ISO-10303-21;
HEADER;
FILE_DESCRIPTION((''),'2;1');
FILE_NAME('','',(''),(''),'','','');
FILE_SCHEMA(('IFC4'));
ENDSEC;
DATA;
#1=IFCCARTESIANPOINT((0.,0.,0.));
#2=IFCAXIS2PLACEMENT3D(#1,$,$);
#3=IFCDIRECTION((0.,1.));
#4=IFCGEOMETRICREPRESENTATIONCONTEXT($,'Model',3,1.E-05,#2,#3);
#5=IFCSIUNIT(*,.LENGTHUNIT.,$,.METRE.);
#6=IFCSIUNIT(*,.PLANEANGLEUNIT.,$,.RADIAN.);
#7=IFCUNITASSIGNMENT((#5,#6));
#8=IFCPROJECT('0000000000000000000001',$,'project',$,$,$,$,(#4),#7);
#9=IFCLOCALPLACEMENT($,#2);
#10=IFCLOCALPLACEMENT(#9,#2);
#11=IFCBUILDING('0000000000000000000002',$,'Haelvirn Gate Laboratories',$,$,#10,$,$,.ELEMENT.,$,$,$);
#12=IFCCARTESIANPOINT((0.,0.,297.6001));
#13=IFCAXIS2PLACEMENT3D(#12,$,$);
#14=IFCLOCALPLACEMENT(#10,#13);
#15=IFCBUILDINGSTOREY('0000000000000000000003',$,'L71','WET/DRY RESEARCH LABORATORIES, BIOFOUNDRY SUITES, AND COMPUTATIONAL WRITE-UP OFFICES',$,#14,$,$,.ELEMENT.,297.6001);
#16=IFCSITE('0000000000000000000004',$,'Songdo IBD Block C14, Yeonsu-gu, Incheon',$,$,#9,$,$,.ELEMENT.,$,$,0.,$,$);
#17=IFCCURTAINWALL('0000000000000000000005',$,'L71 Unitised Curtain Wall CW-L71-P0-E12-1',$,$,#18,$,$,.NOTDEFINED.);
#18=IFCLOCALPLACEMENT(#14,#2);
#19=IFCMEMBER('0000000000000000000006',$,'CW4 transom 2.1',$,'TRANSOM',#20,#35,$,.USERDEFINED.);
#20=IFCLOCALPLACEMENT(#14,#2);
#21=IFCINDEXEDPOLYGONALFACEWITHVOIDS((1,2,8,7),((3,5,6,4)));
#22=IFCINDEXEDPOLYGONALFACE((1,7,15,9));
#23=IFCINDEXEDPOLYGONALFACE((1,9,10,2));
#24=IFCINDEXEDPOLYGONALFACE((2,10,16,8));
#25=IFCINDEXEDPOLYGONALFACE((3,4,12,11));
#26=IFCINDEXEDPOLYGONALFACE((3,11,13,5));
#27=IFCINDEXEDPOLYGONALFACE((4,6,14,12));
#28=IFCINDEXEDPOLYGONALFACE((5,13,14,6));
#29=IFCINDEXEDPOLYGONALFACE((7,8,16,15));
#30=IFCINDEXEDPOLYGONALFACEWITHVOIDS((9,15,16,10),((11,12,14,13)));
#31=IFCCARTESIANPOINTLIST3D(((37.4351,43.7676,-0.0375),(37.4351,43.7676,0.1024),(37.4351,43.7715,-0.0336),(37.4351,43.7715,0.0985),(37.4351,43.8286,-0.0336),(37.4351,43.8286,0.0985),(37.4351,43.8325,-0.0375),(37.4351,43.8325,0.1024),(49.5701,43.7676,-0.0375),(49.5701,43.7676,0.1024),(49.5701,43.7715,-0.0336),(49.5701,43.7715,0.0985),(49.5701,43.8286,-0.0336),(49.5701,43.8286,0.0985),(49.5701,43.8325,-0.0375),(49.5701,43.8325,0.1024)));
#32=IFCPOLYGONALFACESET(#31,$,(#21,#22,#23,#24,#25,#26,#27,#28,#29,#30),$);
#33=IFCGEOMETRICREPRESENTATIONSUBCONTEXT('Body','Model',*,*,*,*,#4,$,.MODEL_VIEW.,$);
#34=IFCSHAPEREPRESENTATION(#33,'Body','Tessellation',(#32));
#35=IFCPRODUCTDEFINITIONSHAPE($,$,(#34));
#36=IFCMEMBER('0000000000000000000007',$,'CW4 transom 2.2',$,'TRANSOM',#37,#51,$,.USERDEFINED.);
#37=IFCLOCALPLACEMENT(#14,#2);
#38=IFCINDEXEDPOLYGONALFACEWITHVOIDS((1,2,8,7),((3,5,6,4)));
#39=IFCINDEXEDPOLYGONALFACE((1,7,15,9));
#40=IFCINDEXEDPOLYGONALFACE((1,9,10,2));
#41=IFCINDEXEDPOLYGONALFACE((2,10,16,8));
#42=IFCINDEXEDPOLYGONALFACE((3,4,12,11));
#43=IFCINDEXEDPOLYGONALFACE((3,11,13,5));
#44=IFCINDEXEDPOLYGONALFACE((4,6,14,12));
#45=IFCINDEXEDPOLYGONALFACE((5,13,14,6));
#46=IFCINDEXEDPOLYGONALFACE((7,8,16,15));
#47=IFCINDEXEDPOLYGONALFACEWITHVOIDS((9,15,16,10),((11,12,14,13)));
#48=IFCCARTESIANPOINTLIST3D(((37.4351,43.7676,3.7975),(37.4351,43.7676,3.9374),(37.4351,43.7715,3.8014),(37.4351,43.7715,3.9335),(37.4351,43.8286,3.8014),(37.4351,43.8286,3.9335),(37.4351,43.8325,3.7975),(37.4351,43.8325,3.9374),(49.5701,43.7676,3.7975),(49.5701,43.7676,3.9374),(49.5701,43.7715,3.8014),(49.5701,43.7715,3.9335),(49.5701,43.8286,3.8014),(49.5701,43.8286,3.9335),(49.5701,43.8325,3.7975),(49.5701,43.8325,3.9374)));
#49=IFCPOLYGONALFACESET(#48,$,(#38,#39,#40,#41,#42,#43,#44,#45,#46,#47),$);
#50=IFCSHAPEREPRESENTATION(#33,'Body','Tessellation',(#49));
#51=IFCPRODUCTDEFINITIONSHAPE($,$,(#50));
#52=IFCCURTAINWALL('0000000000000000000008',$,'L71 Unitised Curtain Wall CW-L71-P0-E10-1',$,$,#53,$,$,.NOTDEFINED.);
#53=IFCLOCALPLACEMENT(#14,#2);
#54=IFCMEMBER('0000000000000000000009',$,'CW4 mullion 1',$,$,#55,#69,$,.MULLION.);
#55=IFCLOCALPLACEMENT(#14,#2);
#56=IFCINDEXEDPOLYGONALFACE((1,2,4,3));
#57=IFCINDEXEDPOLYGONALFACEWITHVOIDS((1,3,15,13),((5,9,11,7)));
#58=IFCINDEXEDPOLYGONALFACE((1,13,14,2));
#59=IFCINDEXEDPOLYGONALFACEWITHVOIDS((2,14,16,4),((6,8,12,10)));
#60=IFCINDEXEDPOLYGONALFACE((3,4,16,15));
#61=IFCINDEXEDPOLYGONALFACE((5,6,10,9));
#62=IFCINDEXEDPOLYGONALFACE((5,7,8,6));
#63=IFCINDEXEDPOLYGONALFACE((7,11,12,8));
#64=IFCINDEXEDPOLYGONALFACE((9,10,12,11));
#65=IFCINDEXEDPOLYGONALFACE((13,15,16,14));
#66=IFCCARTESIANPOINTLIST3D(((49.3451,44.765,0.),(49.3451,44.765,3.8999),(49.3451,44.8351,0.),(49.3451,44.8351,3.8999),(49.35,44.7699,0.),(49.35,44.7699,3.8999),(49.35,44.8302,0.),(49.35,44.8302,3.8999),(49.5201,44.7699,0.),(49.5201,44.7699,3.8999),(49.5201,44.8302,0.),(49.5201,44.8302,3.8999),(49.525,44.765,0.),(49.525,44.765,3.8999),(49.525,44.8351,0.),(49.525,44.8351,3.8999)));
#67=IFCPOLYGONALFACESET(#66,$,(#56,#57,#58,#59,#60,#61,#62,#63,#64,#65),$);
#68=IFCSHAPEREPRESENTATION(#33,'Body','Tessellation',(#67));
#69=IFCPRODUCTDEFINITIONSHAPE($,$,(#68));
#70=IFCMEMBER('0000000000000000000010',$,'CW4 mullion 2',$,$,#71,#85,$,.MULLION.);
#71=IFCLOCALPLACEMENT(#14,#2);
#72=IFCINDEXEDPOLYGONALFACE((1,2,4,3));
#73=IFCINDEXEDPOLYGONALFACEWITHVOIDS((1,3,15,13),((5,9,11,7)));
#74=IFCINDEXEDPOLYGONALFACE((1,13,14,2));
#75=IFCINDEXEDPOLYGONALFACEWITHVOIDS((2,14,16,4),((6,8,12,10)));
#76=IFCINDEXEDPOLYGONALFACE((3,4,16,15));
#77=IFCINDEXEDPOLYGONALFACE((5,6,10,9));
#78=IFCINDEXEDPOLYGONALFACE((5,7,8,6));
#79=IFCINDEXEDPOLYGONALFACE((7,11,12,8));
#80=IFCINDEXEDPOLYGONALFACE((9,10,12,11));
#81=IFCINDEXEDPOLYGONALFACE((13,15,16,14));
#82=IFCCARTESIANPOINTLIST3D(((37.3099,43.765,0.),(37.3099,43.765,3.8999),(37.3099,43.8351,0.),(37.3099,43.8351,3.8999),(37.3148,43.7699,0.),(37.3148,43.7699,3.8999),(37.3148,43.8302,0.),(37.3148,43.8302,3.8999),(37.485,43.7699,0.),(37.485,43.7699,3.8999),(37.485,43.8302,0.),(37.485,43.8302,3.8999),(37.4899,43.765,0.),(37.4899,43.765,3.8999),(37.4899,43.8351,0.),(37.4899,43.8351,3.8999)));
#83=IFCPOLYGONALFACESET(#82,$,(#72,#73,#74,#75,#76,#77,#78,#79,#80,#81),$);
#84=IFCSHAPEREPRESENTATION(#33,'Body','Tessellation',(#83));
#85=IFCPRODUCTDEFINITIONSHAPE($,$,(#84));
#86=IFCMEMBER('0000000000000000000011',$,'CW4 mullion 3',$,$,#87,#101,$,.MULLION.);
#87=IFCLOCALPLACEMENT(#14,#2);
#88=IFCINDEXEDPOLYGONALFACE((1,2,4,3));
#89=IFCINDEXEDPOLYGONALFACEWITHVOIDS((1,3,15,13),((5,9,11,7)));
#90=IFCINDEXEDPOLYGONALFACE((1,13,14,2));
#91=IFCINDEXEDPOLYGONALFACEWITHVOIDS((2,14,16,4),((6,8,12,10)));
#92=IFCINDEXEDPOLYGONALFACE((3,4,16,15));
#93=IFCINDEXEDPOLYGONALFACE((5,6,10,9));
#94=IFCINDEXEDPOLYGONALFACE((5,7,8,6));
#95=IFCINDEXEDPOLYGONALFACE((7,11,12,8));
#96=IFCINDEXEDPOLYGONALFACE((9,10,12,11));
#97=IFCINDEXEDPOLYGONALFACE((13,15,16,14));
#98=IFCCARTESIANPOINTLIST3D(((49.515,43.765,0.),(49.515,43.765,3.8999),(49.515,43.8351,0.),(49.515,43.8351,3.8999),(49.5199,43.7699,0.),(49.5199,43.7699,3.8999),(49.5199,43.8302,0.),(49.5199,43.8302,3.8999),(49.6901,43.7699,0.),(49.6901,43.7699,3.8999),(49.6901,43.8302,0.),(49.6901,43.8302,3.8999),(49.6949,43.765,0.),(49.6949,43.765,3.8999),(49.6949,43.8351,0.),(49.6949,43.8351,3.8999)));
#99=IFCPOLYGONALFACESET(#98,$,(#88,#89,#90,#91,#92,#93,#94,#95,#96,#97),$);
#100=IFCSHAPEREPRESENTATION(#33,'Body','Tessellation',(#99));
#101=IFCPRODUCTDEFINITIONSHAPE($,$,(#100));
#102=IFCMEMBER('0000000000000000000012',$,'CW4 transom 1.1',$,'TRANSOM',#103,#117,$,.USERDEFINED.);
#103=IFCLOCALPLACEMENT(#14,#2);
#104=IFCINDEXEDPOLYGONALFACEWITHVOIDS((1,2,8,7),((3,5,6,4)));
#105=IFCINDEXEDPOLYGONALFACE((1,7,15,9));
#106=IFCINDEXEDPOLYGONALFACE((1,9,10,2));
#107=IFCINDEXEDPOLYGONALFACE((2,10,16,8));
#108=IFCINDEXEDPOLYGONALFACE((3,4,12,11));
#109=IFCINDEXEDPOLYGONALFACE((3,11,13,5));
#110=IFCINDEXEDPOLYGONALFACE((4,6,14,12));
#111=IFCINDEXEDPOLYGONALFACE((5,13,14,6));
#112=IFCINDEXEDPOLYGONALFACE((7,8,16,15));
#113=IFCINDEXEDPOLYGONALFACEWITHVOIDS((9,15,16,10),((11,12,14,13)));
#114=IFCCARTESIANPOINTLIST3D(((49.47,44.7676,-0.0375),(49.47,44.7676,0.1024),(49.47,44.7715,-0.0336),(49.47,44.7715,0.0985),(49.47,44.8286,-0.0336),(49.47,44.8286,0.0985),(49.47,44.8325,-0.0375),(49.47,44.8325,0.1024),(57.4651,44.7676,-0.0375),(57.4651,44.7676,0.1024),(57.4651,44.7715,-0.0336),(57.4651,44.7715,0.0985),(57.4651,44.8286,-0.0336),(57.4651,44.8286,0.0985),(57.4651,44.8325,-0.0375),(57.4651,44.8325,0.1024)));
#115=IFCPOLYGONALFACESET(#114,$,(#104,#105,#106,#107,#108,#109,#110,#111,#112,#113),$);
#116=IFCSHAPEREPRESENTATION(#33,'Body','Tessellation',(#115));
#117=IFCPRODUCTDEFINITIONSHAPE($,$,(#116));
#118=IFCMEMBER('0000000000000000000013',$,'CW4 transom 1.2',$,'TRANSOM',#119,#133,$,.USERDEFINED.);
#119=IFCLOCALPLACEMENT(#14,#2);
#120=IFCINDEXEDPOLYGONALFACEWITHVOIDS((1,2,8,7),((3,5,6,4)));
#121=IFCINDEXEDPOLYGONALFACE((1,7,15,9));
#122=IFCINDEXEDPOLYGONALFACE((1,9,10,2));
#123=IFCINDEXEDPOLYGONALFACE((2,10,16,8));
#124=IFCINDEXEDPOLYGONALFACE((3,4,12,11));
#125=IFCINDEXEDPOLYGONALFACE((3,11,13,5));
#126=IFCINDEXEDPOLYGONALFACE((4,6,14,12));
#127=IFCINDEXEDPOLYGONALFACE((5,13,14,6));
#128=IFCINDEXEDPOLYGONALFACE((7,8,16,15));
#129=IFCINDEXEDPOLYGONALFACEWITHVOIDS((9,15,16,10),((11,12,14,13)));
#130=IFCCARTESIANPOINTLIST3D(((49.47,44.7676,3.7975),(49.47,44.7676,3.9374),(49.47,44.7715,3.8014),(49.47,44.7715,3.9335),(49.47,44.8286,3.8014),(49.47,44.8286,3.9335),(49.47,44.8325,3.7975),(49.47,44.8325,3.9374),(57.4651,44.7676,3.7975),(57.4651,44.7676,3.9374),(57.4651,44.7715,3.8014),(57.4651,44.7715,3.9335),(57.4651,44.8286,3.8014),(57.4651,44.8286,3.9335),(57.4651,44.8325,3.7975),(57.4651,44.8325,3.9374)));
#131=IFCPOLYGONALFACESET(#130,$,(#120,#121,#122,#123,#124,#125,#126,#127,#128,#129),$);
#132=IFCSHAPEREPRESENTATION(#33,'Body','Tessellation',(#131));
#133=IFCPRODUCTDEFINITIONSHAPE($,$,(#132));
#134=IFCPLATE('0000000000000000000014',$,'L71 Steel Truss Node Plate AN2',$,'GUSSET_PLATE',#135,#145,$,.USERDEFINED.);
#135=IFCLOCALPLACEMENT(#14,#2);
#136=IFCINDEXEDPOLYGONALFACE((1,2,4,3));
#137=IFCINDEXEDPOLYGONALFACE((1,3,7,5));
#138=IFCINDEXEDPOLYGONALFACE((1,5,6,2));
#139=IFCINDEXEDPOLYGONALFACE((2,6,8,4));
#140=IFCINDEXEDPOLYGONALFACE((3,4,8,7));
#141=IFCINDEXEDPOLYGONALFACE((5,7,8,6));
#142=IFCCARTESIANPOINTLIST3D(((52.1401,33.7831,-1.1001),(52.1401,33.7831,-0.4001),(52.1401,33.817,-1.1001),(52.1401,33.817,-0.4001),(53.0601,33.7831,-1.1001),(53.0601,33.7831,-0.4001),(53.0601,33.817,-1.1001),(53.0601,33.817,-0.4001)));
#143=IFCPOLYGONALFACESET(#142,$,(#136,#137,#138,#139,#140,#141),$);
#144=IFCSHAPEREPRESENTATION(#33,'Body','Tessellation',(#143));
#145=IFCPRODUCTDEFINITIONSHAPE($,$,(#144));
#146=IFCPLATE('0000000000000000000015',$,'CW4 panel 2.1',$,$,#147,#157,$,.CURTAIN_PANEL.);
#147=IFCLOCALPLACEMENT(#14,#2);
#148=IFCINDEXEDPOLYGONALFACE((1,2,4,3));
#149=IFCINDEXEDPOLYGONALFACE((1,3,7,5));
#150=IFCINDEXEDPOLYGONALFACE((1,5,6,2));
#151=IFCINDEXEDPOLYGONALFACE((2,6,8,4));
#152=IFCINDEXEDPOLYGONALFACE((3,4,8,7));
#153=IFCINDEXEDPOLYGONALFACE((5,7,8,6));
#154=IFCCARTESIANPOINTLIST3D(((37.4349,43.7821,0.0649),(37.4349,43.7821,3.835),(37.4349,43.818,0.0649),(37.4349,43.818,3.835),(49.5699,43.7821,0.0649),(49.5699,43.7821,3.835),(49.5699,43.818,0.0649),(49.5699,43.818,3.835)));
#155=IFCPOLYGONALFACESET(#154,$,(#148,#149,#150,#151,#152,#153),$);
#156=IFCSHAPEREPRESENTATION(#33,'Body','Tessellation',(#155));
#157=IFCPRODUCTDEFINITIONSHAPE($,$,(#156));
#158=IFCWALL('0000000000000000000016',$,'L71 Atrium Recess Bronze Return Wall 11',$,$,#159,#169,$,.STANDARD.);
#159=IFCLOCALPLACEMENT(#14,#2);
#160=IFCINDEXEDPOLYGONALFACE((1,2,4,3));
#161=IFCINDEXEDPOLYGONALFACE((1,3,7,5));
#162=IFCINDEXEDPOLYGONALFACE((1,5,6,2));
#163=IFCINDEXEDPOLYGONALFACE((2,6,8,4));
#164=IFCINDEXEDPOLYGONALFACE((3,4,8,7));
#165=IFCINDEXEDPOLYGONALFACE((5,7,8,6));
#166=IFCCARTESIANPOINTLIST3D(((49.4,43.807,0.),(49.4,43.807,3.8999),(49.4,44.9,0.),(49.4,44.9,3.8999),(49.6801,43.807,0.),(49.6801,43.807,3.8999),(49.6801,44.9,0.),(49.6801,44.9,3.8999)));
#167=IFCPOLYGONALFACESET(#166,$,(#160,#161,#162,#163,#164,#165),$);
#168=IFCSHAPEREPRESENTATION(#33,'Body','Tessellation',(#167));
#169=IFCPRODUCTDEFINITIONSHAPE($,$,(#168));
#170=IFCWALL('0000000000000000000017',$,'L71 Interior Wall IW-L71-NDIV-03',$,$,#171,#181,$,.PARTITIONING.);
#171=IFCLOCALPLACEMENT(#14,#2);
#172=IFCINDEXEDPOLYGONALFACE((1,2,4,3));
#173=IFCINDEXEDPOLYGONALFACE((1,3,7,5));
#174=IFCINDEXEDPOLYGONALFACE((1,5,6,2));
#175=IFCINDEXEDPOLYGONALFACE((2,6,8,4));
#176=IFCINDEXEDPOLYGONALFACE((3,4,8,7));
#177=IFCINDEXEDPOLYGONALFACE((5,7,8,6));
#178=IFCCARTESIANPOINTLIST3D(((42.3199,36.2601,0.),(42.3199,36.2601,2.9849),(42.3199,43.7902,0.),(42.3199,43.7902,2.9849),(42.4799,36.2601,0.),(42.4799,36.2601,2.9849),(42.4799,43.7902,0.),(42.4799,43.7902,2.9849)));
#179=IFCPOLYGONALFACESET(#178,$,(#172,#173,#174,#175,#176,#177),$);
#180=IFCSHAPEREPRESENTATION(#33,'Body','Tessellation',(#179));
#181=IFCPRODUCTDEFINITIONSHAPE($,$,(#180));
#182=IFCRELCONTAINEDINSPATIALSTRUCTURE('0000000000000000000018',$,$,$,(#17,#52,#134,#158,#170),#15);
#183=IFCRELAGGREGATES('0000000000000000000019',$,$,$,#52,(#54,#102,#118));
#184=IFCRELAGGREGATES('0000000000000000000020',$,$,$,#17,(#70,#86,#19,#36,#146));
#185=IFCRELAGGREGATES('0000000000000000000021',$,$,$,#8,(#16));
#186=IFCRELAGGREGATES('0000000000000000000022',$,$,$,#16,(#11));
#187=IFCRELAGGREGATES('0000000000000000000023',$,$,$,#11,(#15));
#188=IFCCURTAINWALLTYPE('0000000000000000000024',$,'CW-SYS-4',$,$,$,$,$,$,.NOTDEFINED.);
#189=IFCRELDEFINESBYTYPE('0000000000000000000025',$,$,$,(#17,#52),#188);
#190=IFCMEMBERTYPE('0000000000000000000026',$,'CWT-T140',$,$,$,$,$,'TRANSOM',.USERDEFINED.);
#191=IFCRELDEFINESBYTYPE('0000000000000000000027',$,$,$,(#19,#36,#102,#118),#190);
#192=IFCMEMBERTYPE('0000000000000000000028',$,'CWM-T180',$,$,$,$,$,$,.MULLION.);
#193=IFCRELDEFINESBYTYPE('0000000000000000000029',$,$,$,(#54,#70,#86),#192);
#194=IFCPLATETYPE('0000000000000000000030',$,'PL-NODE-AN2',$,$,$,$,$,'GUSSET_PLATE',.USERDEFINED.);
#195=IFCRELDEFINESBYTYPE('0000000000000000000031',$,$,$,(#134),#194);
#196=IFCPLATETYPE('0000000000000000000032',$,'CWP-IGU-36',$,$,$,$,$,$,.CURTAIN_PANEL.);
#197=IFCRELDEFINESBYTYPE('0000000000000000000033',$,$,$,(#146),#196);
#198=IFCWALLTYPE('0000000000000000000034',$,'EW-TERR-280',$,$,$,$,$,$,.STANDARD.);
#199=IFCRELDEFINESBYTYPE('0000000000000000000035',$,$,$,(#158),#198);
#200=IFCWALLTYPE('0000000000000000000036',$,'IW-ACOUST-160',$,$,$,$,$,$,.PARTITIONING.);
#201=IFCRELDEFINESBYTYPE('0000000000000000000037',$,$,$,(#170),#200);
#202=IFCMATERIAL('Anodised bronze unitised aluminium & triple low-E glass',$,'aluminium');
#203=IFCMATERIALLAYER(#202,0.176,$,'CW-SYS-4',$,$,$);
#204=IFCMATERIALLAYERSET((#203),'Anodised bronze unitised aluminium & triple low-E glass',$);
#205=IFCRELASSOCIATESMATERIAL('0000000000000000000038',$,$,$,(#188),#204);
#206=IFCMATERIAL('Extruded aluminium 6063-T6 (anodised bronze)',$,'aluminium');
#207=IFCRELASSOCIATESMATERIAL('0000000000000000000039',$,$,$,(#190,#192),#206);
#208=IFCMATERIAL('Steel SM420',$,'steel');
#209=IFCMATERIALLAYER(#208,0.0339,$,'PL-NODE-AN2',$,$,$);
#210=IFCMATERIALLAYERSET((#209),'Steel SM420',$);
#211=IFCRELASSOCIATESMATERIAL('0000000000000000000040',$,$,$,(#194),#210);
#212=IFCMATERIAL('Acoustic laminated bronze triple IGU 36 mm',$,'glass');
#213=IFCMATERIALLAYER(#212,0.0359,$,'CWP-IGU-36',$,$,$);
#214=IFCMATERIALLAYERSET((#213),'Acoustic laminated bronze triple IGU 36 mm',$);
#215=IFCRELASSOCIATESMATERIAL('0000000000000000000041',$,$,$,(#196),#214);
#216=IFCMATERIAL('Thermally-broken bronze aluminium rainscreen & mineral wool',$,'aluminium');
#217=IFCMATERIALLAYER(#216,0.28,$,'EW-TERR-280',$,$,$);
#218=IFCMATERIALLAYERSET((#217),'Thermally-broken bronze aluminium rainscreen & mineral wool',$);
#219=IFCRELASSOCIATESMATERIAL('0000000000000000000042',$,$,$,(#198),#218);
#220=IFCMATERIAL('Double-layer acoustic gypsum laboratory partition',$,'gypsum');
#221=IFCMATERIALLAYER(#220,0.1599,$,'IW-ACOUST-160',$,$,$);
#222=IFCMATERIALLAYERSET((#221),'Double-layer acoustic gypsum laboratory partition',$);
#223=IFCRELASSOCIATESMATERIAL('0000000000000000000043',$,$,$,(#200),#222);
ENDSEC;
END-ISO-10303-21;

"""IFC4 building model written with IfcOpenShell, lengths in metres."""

from ifc_helpers import new_model, si_unit, direction, frame, frame_2d, origin, origin_2d, place, context, subcontext, project, spatial, rectangle, hollow_rectangle, extrude, source, transform, mapped, material, layer, layer_set, material_profile, profile_set, type_object, type_shapes, element, aggregate, save


model = new_model("IFC4")

# Units and contexts
model_context = context("Model", 3, precision=1e-05, world=origin(), true_north=direction((0.0, 1.0)))
body_context = subcontext(model_context, "Body", "Model", "MODEL_VIEW")
ifc_project = project(units=[si_unit("LENGTHUNIT", "METRE"), si_unit("PLANEANGLEUNIT", "RADIAN")], contexts=[model_context])

# Site, building, storey
site_placement = place(None, origin())
site = spatial("IfcSite", under=ifc_project, at=site_placement, Name="Songdo IBD Block C14, Yeonsu-gu, Incheon", CompositionType="ELEMENT", RefElevation=0.0)
building_placement = place(site_placement, origin())
building = spatial("IfcBuilding", under=site, at=building_placement, Name="Haelvirn Gate Laboratories", CompositionType="ELEMENT")
storey_placement = place(building_placement, frame((0.0, 0.0, 297.6001)))
storey = spatial("IfcBuildingStorey", under=building, at=storey_placement, Name="L71", Description="WET/DRY RESEARCH LABORATORIES, BIOFOUNDRY SUITES, AND COMPUTATIONAL WRITE-UP OFFICES", CompositionType="ELEMENT", Elevation=297.6001)

# Shared definitions
ifc_material_1 = material(Name="Steel SM420", Category="steel")

# Curtain wall, members
ifc_material_2 = material(Name="Anodised bronze unitised aluminium & triple low-E glass", Category="aluminium")
ifc_layer_1 = layer(ifc_material_2, 0.176, Name="CW-SYS-4")
ifc_layer_set_1 = layer_set([ifc_layer_1], Name="Anodised bronze unitised aluminium & triple low-E glass")
curtain_wall_type = type_object("IfcCurtainWallType", Name="CW-SYS-4", PredefinedType="NOTDEFINED", material=ifc_layer_set_1)
curtain_wall_1_placement = place(storey_placement, origin())
curtain_wall_1 = element("IfcCurtainWall", 1, at=curtain_wall_1_placement, inside=storey, type_object=curtain_wall_type, Name="L71 Unitised Curtain Wall CW-L71-P0-E12-1", PredefinedType="NOTDEFINED")
ifc_material_3 = material(Name="Extruded aluminium 6063-T6 (anodised bronze)", Category="aluminium")
ifc_material_profile_1 = material_profile(ifc_material_3, hollow_rectangle(XDim=0.0649, YDim=0.1399, WallThickness=0.0039, at=origin_2d()), Name="CWT-140x65x4")
ifc_profile_set_1 = profile_set([ifc_material_profile_1], Name="Extruded aluminium 6063-T6 (anodised bronze)")
member_type_1 = type_object("IfcMemberType", Name="CWT-T140", ElementType="TRANSOM", PredefinedType="USERDEFINED", material=ifc_profile_set_1)
shared_shape_1 = source(origin(), body_context, "Body", "SweptSolid", [
    extrude(hollow_rectangle(XDim=0.0649, YDim=0.1399, WallThickness=0.0039, at=origin_2d()), origin(), (0.0, 0.0, 1.0), 12.135),
])
member_1_placement = place(storey_placement, frame((37.4351, 43.8, 0.0325), z_axis=(1.0, 0.0, 0.0), x_axis=(0.0, 1.0, 0.0)))
member_1 = element("IfcMember", 2, at=member_1_placement, type_object=member_type_1, Name="CW4 transom 2.1", ObjectType="TRANSOM", PredefinedType="USERDEFINED", context=body_context, shape_type="MappedRepresentation", body=[
    mapped(shared_shape_1, transform((0.0, 0.0, 0.0), scale=1.0)),
])
member_2_placement = place(storey_placement, frame((37.4351, 43.8, 3.8674), z_axis=(1.0, 0.0, 0.0), x_axis=(0.0, 1.0, 0.0)))
member_2 = element("IfcMember", 3, at=member_2_placement, type_object=member_type_1, Name="CW4 transom 2.2", ObjectType="TRANSOM", PredefinedType="USERDEFINED", context=body_context, shape_type="MappedRepresentation", body=[
    mapped(shared_shape_1, transform((0.0, 0.0, 0.0), scale=1.0)),
])

# Curtain wall, member
curtain_wall_2_placement = place(storey_placement, origin())
curtain_wall_2 = element("IfcCurtainWall", 4, at=curtain_wall_2_placement, inside=storey, type_object=curtain_wall_type, Name="L71 Unitised Curtain Wall CW-L71-P0-E10-1", PredefinedType="NOTDEFINED")
ifc_material_profile_2 = material_profile(ifc_material_3, hollow_rectangle(XDim=0.0701, YDim=0.1799, WallThickness=0.0049, at=origin_2d()), Name="CWM-180x70x5")
ifc_profile_set_2 = profile_set([ifc_material_profile_2], Name="Extruded aluminium 6063-T6 (anodised bronze)")
member_type_2 = type_object("IfcMemberType", Name="CWM-T180", PredefinedType="MULLION", material=ifc_profile_set_2)
shared_shape_2 = source(origin(), body_context, "Body", "SweptSolid", [
    extrude(hollow_rectangle(XDim=0.0701, YDim=0.1799, WallThickness=0.0049, at=origin_2d()), origin(), (0.0, 0.0, 1.0), 3.8999),
])
type_shapes(member_type_2, [shared_shape_2])
member_3_placement = place(storey_placement, frame((49.4351, 44.8, 0.0), z_axis=(0.0, 0.0, 1.0), x_axis=(0.0, 1.0, 0.0)))
member_3 = element("IfcMember", 5, at=member_3_placement, type_object=member_type_2, Name="CW4 mullion 1", PredefinedType="MULLION", context=body_context, shape_type="MappedRepresentation", body=[
    mapped(shared_shape_2, transform((0.0, 0.0, 0.0), scale=1.0)),
])

# Members
member_4_placement = place(storey_placement, frame((37.3999, 43.8, 0.0), z_axis=(0.0, 0.0, 1.0), x_axis=(0.0, 1.0, 0.0)))
member_4 = element("IfcMember", 6, at=member_4_placement, type_object=member_type_2, Name="CW4 mullion 2", PredefinedType="MULLION", context=body_context, shape_type="MappedRepresentation", body=[
    mapped(shared_shape_2, transform((0.0, 0.0, 0.0), scale=1.0)),
])
member_5_placement = place(storey_placement, frame((49.605, 43.8, 0.0), z_axis=(0.0, 0.0, 1.0), x_axis=(0.0, 1.0, 0.0)))
member_5 = element("IfcMember", 7, at=member_5_placement, type_object=member_type_2, Name="CW4 mullion 3", PredefinedType="MULLION", context=body_context, shape_type="MappedRepresentation", body=[
    mapped(shared_shape_2, transform((0.0, 0.0, 0.0), scale=1.0)),
])
shared_shape_3 = source(origin(), body_context, "Body", "SweptSolid", [
    extrude(hollow_rectangle(XDim=0.0649, YDim=0.1399, WallThickness=0.0039, at=origin_2d()), origin(), (0.0, 0.0, 1.0), 7.9951),
])
type_shapes(member_type_1, [shared_shape_1, shared_shape_3])
member_6_placement = place(storey_placement, frame((49.47, 44.8, 0.0325), z_axis=(1.0, 0.0, 0.0), x_axis=(0.0, 1.0, 0.0)))
member_6 = element("IfcMember", 8, at=member_6_placement, type_object=member_type_1, Name="CW4 transom 1.1", ObjectType="TRANSOM", PredefinedType="USERDEFINED", context=body_context, shape_type="MappedRepresentation", body=[
    mapped(shared_shape_3, transform((0.0, 0.0, 0.0), scale=1.0)),
])
member_7_placement = place(storey_placement, frame((49.47, 44.8, 3.8674), z_axis=(1.0, 0.0, 0.0), x_axis=(0.0, 1.0, 0.0)))
member_7 = element("IfcMember", 9, at=member_7_placement, type_object=member_type_1, Name="CW4 transom 1.2", ObjectType="TRANSOM", PredefinedType="USERDEFINED", context=body_context, shape_type="MappedRepresentation", body=[
    mapped(shared_shape_3, transform((0.0, 0.0, 0.0), scale=1.0)),
])
aggregate(curtain_wall_2, [member_3, member_6, member_7])

# Plates
ifc_layer_2 = layer(ifc_material_1, 0.0339, Name="PL-NODE-AN2")
ifc_layer_set_2 = layer_set([ifc_layer_2], Name="Steel SM420")
plate_type_1 = type_object("IfcPlateType", Name="PL-NODE-AN2", ElementType="GUSSET_PLATE", PredefinedType="USERDEFINED", material=ifc_layer_set_2)
shared_shape_4 = source(origin(), body_context, "Body", "SweptSolid", [
    extrude(rectangle(XDim=0.9199, YDim=0.0339, at=origin_2d()), origin(), (0.0, 0.0, 1.0), 0.7),
])
type_shapes(plate_type_1, [shared_shape_4])
plate_1_placement = place(storey_placement, frame((52.6001, 33.8, -1.1001), z_axis=(0.0, 0.0, 1.0), x_axis=(1.0, 0.0, 0.0)))
element("IfcPlate", 10, at=plate_1_placement, inside=storey, type_object=plate_type_1, Name="L71 Steel Truss Node Plate AN2", ObjectType="GUSSET_PLATE", PredefinedType="USERDEFINED", context=body_context, shape_type="MappedRepresentation", body=[
    mapped(shared_shape_4, transform((0.0, 0.0, 0.0), scale=1.0)),
])
ifc_material_4 = material(Name="Acoustic laminated bronze triple IGU 36 mm", Category="glass")
ifc_layer_3 = layer(ifc_material_4, 0.0359, Name="CWP-IGU-36")
ifc_layer_set_3 = layer_set([ifc_layer_3], Name="Acoustic laminated bronze triple IGU 36 mm")
plate_type_2 = type_object("IfcPlateType", Name="CWP-IGU-36", PredefinedType="CURTAIN_PANEL", material=ifc_layer_set_3)
shared_shape_5 = source(origin(), body_context, "Body", "SweptSolid", [
    extrude(rectangle(XDim=12.135, YDim=0.0359, at=origin_2d()), origin(), (0.0, 0.0, 1.0), 3.77),
])
type_shapes(plate_type_2, [shared_shape_5])
plate_2_placement = place(storey_placement, frame((43.5024, 43.8, 0.0649), z_axis=(0.0, 0.0, 1.0), x_axis=(1.0, 0.0, 0.0)))
plate_2 = element("IfcPlate", 11, at=plate_2_placement, type_object=plate_type_2, Name="CW4 panel 2.1", PredefinedType="CURTAIN_PANEL", context=body_context, shape_type="MappedRepresentation", body=[
    mapped(shared_shape_5, transform((0.0, 0.0, 0.0), scale=1.0)),
])
aggregate(curtain_wall_1, [member_4, member_5, member_1, member_2, plate_2])

# Walls
ifc_material_5 = material(Name="Thermally-broken bronze aluminium rainscreen & mineral wool", Category="aluminium")
ifc_layer_4 = layer(ifc_material_5, 0.28, Name="EW-TERR-280")
ifc_layer_set_4 = layer_set([ifc_layer_4], Name="Thermally-broken bronze aluminium rainscreen & mineral wool")
wall_type_1 = type_object("IfcWallType", Name="EW-TERR-280", PredefinedType="STANDARD", material=ifc_layer_set_4)
wall_1_placement = place(storey_placement, frame((49.54, 44.8999, 0.0), z_axis=(0.0, 0.0, 1.0), x_axis=(0.0, -1.0, 0.0)))
element("IfcWall", 12, at=wall_1_placement, inside=storey, type_object=wall_type_1, Name="L71 Atrium Recess Bronze Return Wall 11", PredefinedType="STANDARD", context=body_context, shape_type="SweptSolid", body=[
    extrude(rectangle(XDim=1.093, YDim=0.28, at=frame_2d((0.5464, 0.0))), origin(), (0.0, 0.0, 1.0), 3.8999),
])
ifc_material_6 = material(Name="Double-layer acoustic gypsum laboratory partition", Category="gypsum")
ifc_layer_5 = layer(ifc_material_6, 0.1599, Name="IW-ACOUST-160")
ifc_layer_set_5 = layer_set([ifc_layer_5], Name="Double-layer acoustic gypsum laboratory partition")
wall_type_2 = type_object("IfcWallType", Name="IW-ACOUST-160", PredefinedType="PARTITIONING", material=ifc_layer_set_5)
wall_2_placement = place(storey_placement, frame((42.3999, 36.26, 0.0), z_axis=(0.0, 0.0, 1.0), x_axis=(0.0, 1.0, 0.0)))
element("IfcWall", 13, at=wall_2_placement, inside=storey, type_object=wall_type_2, Name="L71 Interior Wall IW-L71-NDIV-03", PredefinedType="PARTITIONING", context=body_context, shape_type="SweptSolid", body=[
    extrude(rectangle(XDim=7.53, YDim=0.1599, at=frame_2d((3.7651, 0.0))), origin(), (0.0, 0.0, 1.0), 2.9849),
])

save(model, "model.ifc")
